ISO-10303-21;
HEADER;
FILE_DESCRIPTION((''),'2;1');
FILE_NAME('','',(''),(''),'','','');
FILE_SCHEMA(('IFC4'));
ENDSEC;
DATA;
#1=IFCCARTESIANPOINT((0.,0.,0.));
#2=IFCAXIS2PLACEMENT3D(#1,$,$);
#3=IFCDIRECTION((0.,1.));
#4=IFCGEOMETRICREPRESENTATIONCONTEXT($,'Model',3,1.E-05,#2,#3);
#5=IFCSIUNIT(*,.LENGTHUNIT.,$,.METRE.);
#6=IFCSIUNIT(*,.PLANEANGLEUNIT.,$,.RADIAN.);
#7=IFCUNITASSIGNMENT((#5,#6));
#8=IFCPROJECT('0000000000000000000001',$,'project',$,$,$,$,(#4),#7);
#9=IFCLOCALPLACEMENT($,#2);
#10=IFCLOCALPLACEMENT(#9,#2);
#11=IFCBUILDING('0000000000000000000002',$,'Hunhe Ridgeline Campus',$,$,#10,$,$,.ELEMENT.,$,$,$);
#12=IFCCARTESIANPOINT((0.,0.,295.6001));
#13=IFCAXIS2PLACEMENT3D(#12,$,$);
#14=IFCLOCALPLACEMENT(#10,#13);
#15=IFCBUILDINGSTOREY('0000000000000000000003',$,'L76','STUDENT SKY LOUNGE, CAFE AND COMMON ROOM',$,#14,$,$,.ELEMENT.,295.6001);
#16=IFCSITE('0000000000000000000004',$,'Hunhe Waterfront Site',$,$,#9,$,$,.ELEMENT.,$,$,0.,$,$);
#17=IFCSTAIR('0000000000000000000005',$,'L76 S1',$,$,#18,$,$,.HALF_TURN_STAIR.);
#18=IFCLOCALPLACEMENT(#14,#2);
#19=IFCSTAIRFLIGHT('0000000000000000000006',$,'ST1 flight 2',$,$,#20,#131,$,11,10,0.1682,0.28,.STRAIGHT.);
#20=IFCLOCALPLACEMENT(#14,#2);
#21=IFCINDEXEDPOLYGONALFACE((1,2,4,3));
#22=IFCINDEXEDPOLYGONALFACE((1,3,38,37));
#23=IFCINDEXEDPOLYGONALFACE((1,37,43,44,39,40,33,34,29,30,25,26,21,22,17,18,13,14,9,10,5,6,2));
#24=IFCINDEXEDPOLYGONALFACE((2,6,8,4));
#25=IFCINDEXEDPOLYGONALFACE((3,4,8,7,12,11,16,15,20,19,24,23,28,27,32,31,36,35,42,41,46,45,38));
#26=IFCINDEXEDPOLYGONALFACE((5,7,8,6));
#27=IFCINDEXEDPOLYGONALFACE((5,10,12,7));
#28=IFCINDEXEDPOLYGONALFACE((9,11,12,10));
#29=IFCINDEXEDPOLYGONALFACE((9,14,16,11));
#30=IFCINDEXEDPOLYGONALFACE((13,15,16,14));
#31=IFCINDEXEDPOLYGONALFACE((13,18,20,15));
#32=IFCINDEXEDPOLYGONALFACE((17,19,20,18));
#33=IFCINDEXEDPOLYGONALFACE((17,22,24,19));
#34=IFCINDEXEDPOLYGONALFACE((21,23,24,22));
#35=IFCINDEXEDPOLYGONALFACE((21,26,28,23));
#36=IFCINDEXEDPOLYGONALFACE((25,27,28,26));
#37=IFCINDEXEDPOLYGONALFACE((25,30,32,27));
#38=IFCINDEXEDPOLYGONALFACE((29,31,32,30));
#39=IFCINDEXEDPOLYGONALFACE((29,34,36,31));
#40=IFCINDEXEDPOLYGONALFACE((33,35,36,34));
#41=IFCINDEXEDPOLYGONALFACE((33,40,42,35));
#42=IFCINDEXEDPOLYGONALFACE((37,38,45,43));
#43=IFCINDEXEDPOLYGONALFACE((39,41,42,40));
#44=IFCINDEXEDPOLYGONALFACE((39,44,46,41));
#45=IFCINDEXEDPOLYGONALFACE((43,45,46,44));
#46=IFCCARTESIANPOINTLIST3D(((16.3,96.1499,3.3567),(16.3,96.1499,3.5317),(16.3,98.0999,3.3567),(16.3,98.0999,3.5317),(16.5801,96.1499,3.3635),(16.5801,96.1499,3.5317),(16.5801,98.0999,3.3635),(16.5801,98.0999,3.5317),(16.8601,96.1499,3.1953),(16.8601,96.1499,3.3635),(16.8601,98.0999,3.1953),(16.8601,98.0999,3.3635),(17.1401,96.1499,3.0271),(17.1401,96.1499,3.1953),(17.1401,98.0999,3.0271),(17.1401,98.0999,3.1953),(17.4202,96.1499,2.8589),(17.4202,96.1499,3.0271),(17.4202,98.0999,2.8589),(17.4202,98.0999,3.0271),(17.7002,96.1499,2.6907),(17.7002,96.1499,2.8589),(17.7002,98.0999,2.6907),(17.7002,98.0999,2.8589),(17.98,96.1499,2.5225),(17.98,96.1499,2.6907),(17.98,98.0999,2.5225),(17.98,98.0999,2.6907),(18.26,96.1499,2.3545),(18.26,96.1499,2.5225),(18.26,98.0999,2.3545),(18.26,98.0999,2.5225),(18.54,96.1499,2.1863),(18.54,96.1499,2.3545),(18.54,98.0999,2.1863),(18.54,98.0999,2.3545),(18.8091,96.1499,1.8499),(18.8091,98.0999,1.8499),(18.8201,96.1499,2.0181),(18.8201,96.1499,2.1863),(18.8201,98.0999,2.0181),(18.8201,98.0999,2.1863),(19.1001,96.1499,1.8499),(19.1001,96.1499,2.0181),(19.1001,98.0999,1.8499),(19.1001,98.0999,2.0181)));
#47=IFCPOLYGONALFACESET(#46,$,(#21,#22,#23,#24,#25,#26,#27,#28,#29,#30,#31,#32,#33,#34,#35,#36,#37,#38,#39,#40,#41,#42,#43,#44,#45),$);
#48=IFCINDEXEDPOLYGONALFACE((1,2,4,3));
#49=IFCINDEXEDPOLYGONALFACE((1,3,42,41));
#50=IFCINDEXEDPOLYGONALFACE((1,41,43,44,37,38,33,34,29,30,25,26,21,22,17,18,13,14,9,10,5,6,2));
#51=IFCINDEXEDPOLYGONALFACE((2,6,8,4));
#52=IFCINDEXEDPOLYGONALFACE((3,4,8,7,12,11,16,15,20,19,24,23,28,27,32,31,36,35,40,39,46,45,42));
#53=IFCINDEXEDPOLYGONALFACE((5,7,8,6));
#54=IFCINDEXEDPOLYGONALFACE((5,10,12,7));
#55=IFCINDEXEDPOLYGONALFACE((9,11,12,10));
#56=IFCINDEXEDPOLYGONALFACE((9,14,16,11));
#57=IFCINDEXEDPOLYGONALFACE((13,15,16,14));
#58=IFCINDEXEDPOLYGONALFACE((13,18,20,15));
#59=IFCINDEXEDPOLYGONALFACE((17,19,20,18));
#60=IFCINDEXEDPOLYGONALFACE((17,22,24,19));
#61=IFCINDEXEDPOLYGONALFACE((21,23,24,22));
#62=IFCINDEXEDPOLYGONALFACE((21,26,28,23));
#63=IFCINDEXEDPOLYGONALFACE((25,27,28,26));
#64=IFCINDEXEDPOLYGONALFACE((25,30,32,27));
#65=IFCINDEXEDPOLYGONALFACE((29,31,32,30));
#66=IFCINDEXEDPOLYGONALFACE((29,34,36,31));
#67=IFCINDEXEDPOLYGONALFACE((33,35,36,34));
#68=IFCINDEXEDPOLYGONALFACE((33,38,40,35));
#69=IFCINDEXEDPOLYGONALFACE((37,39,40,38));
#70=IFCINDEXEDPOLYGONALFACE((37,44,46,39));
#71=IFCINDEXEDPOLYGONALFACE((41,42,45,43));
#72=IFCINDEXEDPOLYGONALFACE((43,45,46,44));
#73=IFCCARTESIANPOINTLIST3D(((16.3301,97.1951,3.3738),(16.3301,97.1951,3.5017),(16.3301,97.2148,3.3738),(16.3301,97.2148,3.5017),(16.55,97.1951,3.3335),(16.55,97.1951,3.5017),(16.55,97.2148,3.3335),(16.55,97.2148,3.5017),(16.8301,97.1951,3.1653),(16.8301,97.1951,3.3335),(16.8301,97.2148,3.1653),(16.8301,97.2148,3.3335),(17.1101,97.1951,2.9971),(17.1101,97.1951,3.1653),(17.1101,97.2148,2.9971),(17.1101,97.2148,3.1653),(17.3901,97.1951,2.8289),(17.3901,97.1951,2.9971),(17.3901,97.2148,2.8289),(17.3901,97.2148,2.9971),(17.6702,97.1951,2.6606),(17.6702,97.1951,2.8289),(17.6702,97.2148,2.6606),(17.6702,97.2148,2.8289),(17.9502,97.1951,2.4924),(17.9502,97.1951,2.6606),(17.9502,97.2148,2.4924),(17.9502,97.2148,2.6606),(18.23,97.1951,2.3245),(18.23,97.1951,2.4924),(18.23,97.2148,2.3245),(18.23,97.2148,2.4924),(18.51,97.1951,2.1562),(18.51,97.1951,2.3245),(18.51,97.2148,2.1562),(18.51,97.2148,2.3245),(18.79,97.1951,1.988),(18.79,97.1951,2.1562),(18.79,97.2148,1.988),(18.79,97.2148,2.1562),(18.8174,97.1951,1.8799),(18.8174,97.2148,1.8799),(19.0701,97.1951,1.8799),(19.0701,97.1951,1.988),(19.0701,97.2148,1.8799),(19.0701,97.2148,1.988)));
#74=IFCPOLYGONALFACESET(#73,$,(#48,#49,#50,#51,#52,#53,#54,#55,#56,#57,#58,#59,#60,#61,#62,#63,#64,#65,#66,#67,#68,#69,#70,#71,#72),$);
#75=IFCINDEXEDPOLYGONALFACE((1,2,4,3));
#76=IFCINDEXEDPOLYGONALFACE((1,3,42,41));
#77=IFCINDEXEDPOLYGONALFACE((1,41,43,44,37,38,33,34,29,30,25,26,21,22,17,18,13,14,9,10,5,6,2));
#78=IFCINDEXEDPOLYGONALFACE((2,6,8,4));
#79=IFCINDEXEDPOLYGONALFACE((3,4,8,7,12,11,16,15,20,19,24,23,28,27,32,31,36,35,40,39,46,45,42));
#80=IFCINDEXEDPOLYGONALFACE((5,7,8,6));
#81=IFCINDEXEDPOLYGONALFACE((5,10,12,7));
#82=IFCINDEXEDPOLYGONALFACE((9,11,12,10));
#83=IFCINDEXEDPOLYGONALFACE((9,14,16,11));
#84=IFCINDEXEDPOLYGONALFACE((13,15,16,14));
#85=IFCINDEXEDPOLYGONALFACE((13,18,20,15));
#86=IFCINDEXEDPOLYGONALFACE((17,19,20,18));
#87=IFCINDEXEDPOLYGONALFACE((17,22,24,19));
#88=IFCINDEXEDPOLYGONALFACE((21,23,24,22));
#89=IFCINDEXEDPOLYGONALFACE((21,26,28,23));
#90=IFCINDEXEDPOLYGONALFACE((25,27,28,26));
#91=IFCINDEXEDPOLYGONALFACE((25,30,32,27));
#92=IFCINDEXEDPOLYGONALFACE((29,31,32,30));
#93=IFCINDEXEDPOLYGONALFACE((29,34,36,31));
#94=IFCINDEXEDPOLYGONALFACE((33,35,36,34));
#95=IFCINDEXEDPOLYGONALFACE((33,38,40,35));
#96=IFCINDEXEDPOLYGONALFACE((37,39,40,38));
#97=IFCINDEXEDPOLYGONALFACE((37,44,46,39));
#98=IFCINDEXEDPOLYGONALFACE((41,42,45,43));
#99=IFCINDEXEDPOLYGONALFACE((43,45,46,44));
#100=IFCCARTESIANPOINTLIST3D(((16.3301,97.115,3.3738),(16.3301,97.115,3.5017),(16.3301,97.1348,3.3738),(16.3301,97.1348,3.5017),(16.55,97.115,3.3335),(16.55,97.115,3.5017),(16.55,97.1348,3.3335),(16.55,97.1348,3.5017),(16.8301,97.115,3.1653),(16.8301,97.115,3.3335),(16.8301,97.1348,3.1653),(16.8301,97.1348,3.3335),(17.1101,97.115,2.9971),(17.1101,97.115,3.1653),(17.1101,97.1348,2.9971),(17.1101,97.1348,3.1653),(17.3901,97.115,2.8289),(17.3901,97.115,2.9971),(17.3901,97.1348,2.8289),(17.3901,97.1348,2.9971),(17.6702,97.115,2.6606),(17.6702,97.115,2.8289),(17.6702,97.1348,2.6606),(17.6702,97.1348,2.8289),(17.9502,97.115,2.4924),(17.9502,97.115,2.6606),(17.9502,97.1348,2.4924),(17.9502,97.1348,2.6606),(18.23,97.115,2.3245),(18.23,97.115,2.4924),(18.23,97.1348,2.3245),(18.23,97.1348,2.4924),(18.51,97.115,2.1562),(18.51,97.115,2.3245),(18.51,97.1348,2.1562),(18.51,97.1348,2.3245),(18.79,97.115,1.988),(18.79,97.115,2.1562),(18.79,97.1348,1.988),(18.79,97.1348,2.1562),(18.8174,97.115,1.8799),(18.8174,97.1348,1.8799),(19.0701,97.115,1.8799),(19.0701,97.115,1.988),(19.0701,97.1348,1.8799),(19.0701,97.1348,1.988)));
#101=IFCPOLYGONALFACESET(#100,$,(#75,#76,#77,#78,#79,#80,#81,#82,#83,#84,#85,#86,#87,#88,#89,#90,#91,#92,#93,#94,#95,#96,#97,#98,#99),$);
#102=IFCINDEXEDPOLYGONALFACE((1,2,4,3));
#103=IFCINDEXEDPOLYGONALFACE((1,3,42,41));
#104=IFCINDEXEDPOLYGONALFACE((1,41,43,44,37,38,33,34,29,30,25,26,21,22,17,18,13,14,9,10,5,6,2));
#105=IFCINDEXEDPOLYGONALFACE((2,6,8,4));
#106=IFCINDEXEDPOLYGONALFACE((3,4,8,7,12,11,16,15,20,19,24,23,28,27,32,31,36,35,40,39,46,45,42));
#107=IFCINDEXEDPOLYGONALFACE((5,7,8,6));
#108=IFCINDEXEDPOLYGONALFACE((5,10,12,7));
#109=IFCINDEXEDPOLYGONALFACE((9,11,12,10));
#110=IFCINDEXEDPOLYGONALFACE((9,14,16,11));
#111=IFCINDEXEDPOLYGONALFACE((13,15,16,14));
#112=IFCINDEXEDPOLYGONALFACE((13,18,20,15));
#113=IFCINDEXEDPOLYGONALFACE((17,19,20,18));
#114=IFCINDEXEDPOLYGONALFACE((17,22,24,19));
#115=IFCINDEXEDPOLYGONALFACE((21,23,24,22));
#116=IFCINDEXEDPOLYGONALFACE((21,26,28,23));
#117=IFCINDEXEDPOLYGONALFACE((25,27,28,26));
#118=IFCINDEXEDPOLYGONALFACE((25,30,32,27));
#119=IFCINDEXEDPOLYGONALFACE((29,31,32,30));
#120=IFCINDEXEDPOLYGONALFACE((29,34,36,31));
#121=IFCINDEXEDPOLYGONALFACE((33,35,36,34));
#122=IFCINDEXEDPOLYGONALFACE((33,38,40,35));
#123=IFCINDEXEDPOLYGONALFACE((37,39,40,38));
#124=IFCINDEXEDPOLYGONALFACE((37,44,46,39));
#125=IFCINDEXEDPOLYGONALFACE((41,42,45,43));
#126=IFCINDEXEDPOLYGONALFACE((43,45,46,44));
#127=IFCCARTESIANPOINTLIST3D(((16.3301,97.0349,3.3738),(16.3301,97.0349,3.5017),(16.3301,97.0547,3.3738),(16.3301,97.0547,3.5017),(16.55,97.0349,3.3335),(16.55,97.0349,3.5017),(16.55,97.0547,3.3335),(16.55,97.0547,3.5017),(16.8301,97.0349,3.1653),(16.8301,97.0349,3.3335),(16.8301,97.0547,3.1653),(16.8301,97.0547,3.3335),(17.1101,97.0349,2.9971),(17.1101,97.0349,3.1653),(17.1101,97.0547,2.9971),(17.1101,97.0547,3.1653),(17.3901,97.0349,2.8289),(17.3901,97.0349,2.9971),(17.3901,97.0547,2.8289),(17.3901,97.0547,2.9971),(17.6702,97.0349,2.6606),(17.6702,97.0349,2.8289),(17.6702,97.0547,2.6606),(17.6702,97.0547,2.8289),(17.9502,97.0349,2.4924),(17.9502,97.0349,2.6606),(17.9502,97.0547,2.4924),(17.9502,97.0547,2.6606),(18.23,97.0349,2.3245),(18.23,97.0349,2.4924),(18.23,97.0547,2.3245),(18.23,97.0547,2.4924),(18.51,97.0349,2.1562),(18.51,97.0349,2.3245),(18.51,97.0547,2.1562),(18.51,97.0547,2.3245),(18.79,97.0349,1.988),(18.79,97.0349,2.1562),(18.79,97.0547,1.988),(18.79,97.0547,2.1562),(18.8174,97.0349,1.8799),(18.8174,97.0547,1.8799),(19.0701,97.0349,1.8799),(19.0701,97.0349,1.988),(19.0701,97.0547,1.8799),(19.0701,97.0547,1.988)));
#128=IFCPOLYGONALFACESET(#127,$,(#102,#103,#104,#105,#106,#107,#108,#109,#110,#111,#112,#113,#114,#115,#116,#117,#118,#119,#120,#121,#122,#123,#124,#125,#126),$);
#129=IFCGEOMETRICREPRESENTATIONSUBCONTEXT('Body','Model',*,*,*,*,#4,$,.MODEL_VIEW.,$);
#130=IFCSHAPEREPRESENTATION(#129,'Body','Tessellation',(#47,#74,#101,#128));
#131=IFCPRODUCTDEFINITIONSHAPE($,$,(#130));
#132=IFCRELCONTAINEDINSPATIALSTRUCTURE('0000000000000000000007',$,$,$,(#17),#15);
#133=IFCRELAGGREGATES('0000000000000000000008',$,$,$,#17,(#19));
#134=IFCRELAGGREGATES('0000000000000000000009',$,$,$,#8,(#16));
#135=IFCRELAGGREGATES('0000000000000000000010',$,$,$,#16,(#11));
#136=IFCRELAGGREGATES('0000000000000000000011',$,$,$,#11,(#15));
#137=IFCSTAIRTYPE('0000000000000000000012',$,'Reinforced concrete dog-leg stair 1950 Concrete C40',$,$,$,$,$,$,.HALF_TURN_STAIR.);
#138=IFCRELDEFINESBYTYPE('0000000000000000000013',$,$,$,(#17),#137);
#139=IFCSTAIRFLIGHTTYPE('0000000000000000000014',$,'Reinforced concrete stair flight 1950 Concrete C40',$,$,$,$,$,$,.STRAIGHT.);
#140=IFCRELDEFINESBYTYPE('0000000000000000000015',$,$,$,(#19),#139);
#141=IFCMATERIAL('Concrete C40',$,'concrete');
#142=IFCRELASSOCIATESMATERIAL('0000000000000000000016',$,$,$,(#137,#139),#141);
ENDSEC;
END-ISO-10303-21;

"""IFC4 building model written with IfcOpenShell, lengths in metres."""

from ifc_helpers import new_model, si_unit, direction, frame, origin, place, context, subcontext, project, spatial, polyline, outline, extrude, material, type_object, element, aggregate, save


model = new_model("IFC4")

# Units and contexts
model_context = context("Model", 3, precision=1e-05, world=origin(), true_north=direction((0.0, 1.0)))
body_context = subcontext(model_context, "Body", "Model", "MODEL_VIEW")
ifc_project = project(units=[si_unit("LENGTHUNIT", "METRE"), si_unit("PLANEANGLEUNIT", "RADIAN")], contexts=[model_context])

# Site, building, storey
site_placement = place(None, origin())
site = spatial("IfcSite", under=ifc_project, at=site_placement, Name="Hunhe Waterfront Site", CompositionType="ELEMENT", RefElevation=0.0)
building_placement = place(site_placement, origin())
building = spatial("IfcBuilding", under=site, at=building_placement, Name="Hunhe Ridgeline Campus", CompositionType="ELEMENT")
storey_placement = place(building_placement, frame((0.0, 0.0, 295.6001)))
storey = spatial("IfcBuildingStorey", under=building, at=storey_placement, Name="L76", Description="STUDENT SKY LOUNGE, CAFE AND COMMON ROOM", CompositionType="ELEMENT", Elevation=295.6001)

# Stair, stair flight
ifc_material_1 = material(Name="Concrete C40", Category="concrete")
stair_type = type_object("IfcStairType", Name="Reinforced concrete dog-leg stair 1950 Concrete C40", PredefinedType="HALF_TURN_STAIR", material=ifc_material_1)
stair_placement = place(storey_placement, origin())
stair = element("IfcStair", 1, at=stair_placement, inside=storey, type_object=stair_type, Name="L76 S1", PredefinedType="HALF_TURN_STAIR")
stair_flight_type = type_object("IfcStairFlightType", Name="Reinforced concrete stair flight 1950 Concrete C40", PredefinedType="STRAIGHT", material=ifc_material_1)
stair_flight_1_placement = place(storey_placement, frame((19.1001, 97.125, 1.8499), z_axis=(0.0, 0.0, 1.0), x_axis=(-1.0, 0.0, 0.0)))
stair_flight_1 = element("IfcStairFlight", 2, at=stair_flight_1_placement, type_object=stair_flight_type, Name="ST1 flight 2", NumberOfRisers=11, NumberOfTreads=10, PredefinedType="STRAIGHT", RiserHeight=0.1682, TreadLength=0.28, context=body_context, shape_type="SweptSolid", body=[
    extrude(outline(polyline([(0.0, 0.0), (0.0, 0.1682), (0.28, 0.1682), (0.28, 0.3364), (0.5601, 0.3364), (0.5601, 0.5046), (0.8401, 0.5046), (0.8401, 0.6726), (1.1201, 0.6726), (1.1201, 0.8408), (1.3999, 0.8408), (1.3999, 1.009), (1.6799, 1.009), (1.6799, 1.1772), (1.96, 1.1772), (1.96, 1.3455), (2.24, 1.3455), (2.24, 1.5137), (2.52, 1.5137), (2.52, 1.6819), (2.8, 1.6819), (2.8, 1.8501), (2.8, 1.5068), (0.291, 0.0), (0.0, 0.0)])), frame((0.0, 0.9751, 0.0), z_axis=(0.0, -1.0, 0.0), x_axis=(1.0, 0.0, 0.0)), (0.0, 0.0, 1.0), 1.95),
    extrude(outline(polyline([(0.03, 0.03), (0.03, 0.1382), (0.3101, 0.1382), (0.3101, 0.3064), (0.5901, 0.3064), (0.5901, 0.4746), (0.8701, 0.4746), (0.8701, 0.6426), (1.1499, 0.6426), (1.1499, 0.8108), (1.4299, 0.8108), (1.4299, 0.979), (1.71, 0.979), (1.71, 1.1472), (1.99, 1.1472), (1.99, 1.3154), (2.27, 1.3154), (2.27, 1.4836), (2.55, 1.4836), (2.55, 1.6519), (2.77, 1.6519), (2.77, 1.5239), (0.2827, 0.03), (0.03, 0.03)])), frame((0.0, -0.0701, 0.0), z_axis=(0.0, -1.0, 0.0), x_axis=(1.0, 0.0, 0.0)), (0.0, 0.0, 1.0), 0.0198),
    extrude(outline(polyline([(0.03, 0.03), (0.03, 0.1382), (0.3101, 0.1382), (0.3101, 0.3064), (0.5901, 0.3064), (0.5901, 0.4746), (0.8701, 0.4746), (0.8701, 0.6426), (1.1499, 0.6426), (1.1499, 0.8108), (1.4299, 0.8108), (1.4299, 0.979), (1.71, 0.979), (1.71, 1.1472), (1.99, 1.1472), (1.99, 1.3154), (2.27, 1.3154), (2.27, 1.4836), (2.55, 1.4836), (2.55, 1.6519), (2.77, 1.6519), (2.77, 1.5239), (0.2827, 0.03), (0.03, 0.03)])), frame((0.0, 0.01, 0.0), z_axis=(0.0, -1.0, 0.0), x_axis=(1.0, 0.0, 0.0)), (0.0, 0.0, 1.0), 0.0198),
    extrude(outline(polyline([(0.03, 0.03), (0.03, 0.1382), (0.3101, 0.1382), (0.3101, 0.3064), (0.5901, 0.3064), (0.5901, 0.4746), (0.8701, 0.4746), (0.8701, 0.6426), (1.1499, 0.6426), (1.1499, 0.8108), (1.4299, 0.8108), (1.4299, 0.979), (1.71, 0.979), (1.71, 1.1472), (1.99, 1.1472), (1.99, 1.3154), (2.27, 1.3154), (2.27, 1.4836), (2.55, 1.4836), (2.55, 1.6519), (2.77, 1.6519), (2.77, 1.5239), (0.2827, 0.03), (0.03, 0.03)])), frame((0.0, 0.0901, 0.0), z_axis=(0.0, -1.0, 0.0), x_axis=(1.0, 0.0, 0.0)), (0.0, 0.0, 1.0), 0.0198),
])
aggregate(stair, [stair_flight_1])

save(model, "model.ifc")
